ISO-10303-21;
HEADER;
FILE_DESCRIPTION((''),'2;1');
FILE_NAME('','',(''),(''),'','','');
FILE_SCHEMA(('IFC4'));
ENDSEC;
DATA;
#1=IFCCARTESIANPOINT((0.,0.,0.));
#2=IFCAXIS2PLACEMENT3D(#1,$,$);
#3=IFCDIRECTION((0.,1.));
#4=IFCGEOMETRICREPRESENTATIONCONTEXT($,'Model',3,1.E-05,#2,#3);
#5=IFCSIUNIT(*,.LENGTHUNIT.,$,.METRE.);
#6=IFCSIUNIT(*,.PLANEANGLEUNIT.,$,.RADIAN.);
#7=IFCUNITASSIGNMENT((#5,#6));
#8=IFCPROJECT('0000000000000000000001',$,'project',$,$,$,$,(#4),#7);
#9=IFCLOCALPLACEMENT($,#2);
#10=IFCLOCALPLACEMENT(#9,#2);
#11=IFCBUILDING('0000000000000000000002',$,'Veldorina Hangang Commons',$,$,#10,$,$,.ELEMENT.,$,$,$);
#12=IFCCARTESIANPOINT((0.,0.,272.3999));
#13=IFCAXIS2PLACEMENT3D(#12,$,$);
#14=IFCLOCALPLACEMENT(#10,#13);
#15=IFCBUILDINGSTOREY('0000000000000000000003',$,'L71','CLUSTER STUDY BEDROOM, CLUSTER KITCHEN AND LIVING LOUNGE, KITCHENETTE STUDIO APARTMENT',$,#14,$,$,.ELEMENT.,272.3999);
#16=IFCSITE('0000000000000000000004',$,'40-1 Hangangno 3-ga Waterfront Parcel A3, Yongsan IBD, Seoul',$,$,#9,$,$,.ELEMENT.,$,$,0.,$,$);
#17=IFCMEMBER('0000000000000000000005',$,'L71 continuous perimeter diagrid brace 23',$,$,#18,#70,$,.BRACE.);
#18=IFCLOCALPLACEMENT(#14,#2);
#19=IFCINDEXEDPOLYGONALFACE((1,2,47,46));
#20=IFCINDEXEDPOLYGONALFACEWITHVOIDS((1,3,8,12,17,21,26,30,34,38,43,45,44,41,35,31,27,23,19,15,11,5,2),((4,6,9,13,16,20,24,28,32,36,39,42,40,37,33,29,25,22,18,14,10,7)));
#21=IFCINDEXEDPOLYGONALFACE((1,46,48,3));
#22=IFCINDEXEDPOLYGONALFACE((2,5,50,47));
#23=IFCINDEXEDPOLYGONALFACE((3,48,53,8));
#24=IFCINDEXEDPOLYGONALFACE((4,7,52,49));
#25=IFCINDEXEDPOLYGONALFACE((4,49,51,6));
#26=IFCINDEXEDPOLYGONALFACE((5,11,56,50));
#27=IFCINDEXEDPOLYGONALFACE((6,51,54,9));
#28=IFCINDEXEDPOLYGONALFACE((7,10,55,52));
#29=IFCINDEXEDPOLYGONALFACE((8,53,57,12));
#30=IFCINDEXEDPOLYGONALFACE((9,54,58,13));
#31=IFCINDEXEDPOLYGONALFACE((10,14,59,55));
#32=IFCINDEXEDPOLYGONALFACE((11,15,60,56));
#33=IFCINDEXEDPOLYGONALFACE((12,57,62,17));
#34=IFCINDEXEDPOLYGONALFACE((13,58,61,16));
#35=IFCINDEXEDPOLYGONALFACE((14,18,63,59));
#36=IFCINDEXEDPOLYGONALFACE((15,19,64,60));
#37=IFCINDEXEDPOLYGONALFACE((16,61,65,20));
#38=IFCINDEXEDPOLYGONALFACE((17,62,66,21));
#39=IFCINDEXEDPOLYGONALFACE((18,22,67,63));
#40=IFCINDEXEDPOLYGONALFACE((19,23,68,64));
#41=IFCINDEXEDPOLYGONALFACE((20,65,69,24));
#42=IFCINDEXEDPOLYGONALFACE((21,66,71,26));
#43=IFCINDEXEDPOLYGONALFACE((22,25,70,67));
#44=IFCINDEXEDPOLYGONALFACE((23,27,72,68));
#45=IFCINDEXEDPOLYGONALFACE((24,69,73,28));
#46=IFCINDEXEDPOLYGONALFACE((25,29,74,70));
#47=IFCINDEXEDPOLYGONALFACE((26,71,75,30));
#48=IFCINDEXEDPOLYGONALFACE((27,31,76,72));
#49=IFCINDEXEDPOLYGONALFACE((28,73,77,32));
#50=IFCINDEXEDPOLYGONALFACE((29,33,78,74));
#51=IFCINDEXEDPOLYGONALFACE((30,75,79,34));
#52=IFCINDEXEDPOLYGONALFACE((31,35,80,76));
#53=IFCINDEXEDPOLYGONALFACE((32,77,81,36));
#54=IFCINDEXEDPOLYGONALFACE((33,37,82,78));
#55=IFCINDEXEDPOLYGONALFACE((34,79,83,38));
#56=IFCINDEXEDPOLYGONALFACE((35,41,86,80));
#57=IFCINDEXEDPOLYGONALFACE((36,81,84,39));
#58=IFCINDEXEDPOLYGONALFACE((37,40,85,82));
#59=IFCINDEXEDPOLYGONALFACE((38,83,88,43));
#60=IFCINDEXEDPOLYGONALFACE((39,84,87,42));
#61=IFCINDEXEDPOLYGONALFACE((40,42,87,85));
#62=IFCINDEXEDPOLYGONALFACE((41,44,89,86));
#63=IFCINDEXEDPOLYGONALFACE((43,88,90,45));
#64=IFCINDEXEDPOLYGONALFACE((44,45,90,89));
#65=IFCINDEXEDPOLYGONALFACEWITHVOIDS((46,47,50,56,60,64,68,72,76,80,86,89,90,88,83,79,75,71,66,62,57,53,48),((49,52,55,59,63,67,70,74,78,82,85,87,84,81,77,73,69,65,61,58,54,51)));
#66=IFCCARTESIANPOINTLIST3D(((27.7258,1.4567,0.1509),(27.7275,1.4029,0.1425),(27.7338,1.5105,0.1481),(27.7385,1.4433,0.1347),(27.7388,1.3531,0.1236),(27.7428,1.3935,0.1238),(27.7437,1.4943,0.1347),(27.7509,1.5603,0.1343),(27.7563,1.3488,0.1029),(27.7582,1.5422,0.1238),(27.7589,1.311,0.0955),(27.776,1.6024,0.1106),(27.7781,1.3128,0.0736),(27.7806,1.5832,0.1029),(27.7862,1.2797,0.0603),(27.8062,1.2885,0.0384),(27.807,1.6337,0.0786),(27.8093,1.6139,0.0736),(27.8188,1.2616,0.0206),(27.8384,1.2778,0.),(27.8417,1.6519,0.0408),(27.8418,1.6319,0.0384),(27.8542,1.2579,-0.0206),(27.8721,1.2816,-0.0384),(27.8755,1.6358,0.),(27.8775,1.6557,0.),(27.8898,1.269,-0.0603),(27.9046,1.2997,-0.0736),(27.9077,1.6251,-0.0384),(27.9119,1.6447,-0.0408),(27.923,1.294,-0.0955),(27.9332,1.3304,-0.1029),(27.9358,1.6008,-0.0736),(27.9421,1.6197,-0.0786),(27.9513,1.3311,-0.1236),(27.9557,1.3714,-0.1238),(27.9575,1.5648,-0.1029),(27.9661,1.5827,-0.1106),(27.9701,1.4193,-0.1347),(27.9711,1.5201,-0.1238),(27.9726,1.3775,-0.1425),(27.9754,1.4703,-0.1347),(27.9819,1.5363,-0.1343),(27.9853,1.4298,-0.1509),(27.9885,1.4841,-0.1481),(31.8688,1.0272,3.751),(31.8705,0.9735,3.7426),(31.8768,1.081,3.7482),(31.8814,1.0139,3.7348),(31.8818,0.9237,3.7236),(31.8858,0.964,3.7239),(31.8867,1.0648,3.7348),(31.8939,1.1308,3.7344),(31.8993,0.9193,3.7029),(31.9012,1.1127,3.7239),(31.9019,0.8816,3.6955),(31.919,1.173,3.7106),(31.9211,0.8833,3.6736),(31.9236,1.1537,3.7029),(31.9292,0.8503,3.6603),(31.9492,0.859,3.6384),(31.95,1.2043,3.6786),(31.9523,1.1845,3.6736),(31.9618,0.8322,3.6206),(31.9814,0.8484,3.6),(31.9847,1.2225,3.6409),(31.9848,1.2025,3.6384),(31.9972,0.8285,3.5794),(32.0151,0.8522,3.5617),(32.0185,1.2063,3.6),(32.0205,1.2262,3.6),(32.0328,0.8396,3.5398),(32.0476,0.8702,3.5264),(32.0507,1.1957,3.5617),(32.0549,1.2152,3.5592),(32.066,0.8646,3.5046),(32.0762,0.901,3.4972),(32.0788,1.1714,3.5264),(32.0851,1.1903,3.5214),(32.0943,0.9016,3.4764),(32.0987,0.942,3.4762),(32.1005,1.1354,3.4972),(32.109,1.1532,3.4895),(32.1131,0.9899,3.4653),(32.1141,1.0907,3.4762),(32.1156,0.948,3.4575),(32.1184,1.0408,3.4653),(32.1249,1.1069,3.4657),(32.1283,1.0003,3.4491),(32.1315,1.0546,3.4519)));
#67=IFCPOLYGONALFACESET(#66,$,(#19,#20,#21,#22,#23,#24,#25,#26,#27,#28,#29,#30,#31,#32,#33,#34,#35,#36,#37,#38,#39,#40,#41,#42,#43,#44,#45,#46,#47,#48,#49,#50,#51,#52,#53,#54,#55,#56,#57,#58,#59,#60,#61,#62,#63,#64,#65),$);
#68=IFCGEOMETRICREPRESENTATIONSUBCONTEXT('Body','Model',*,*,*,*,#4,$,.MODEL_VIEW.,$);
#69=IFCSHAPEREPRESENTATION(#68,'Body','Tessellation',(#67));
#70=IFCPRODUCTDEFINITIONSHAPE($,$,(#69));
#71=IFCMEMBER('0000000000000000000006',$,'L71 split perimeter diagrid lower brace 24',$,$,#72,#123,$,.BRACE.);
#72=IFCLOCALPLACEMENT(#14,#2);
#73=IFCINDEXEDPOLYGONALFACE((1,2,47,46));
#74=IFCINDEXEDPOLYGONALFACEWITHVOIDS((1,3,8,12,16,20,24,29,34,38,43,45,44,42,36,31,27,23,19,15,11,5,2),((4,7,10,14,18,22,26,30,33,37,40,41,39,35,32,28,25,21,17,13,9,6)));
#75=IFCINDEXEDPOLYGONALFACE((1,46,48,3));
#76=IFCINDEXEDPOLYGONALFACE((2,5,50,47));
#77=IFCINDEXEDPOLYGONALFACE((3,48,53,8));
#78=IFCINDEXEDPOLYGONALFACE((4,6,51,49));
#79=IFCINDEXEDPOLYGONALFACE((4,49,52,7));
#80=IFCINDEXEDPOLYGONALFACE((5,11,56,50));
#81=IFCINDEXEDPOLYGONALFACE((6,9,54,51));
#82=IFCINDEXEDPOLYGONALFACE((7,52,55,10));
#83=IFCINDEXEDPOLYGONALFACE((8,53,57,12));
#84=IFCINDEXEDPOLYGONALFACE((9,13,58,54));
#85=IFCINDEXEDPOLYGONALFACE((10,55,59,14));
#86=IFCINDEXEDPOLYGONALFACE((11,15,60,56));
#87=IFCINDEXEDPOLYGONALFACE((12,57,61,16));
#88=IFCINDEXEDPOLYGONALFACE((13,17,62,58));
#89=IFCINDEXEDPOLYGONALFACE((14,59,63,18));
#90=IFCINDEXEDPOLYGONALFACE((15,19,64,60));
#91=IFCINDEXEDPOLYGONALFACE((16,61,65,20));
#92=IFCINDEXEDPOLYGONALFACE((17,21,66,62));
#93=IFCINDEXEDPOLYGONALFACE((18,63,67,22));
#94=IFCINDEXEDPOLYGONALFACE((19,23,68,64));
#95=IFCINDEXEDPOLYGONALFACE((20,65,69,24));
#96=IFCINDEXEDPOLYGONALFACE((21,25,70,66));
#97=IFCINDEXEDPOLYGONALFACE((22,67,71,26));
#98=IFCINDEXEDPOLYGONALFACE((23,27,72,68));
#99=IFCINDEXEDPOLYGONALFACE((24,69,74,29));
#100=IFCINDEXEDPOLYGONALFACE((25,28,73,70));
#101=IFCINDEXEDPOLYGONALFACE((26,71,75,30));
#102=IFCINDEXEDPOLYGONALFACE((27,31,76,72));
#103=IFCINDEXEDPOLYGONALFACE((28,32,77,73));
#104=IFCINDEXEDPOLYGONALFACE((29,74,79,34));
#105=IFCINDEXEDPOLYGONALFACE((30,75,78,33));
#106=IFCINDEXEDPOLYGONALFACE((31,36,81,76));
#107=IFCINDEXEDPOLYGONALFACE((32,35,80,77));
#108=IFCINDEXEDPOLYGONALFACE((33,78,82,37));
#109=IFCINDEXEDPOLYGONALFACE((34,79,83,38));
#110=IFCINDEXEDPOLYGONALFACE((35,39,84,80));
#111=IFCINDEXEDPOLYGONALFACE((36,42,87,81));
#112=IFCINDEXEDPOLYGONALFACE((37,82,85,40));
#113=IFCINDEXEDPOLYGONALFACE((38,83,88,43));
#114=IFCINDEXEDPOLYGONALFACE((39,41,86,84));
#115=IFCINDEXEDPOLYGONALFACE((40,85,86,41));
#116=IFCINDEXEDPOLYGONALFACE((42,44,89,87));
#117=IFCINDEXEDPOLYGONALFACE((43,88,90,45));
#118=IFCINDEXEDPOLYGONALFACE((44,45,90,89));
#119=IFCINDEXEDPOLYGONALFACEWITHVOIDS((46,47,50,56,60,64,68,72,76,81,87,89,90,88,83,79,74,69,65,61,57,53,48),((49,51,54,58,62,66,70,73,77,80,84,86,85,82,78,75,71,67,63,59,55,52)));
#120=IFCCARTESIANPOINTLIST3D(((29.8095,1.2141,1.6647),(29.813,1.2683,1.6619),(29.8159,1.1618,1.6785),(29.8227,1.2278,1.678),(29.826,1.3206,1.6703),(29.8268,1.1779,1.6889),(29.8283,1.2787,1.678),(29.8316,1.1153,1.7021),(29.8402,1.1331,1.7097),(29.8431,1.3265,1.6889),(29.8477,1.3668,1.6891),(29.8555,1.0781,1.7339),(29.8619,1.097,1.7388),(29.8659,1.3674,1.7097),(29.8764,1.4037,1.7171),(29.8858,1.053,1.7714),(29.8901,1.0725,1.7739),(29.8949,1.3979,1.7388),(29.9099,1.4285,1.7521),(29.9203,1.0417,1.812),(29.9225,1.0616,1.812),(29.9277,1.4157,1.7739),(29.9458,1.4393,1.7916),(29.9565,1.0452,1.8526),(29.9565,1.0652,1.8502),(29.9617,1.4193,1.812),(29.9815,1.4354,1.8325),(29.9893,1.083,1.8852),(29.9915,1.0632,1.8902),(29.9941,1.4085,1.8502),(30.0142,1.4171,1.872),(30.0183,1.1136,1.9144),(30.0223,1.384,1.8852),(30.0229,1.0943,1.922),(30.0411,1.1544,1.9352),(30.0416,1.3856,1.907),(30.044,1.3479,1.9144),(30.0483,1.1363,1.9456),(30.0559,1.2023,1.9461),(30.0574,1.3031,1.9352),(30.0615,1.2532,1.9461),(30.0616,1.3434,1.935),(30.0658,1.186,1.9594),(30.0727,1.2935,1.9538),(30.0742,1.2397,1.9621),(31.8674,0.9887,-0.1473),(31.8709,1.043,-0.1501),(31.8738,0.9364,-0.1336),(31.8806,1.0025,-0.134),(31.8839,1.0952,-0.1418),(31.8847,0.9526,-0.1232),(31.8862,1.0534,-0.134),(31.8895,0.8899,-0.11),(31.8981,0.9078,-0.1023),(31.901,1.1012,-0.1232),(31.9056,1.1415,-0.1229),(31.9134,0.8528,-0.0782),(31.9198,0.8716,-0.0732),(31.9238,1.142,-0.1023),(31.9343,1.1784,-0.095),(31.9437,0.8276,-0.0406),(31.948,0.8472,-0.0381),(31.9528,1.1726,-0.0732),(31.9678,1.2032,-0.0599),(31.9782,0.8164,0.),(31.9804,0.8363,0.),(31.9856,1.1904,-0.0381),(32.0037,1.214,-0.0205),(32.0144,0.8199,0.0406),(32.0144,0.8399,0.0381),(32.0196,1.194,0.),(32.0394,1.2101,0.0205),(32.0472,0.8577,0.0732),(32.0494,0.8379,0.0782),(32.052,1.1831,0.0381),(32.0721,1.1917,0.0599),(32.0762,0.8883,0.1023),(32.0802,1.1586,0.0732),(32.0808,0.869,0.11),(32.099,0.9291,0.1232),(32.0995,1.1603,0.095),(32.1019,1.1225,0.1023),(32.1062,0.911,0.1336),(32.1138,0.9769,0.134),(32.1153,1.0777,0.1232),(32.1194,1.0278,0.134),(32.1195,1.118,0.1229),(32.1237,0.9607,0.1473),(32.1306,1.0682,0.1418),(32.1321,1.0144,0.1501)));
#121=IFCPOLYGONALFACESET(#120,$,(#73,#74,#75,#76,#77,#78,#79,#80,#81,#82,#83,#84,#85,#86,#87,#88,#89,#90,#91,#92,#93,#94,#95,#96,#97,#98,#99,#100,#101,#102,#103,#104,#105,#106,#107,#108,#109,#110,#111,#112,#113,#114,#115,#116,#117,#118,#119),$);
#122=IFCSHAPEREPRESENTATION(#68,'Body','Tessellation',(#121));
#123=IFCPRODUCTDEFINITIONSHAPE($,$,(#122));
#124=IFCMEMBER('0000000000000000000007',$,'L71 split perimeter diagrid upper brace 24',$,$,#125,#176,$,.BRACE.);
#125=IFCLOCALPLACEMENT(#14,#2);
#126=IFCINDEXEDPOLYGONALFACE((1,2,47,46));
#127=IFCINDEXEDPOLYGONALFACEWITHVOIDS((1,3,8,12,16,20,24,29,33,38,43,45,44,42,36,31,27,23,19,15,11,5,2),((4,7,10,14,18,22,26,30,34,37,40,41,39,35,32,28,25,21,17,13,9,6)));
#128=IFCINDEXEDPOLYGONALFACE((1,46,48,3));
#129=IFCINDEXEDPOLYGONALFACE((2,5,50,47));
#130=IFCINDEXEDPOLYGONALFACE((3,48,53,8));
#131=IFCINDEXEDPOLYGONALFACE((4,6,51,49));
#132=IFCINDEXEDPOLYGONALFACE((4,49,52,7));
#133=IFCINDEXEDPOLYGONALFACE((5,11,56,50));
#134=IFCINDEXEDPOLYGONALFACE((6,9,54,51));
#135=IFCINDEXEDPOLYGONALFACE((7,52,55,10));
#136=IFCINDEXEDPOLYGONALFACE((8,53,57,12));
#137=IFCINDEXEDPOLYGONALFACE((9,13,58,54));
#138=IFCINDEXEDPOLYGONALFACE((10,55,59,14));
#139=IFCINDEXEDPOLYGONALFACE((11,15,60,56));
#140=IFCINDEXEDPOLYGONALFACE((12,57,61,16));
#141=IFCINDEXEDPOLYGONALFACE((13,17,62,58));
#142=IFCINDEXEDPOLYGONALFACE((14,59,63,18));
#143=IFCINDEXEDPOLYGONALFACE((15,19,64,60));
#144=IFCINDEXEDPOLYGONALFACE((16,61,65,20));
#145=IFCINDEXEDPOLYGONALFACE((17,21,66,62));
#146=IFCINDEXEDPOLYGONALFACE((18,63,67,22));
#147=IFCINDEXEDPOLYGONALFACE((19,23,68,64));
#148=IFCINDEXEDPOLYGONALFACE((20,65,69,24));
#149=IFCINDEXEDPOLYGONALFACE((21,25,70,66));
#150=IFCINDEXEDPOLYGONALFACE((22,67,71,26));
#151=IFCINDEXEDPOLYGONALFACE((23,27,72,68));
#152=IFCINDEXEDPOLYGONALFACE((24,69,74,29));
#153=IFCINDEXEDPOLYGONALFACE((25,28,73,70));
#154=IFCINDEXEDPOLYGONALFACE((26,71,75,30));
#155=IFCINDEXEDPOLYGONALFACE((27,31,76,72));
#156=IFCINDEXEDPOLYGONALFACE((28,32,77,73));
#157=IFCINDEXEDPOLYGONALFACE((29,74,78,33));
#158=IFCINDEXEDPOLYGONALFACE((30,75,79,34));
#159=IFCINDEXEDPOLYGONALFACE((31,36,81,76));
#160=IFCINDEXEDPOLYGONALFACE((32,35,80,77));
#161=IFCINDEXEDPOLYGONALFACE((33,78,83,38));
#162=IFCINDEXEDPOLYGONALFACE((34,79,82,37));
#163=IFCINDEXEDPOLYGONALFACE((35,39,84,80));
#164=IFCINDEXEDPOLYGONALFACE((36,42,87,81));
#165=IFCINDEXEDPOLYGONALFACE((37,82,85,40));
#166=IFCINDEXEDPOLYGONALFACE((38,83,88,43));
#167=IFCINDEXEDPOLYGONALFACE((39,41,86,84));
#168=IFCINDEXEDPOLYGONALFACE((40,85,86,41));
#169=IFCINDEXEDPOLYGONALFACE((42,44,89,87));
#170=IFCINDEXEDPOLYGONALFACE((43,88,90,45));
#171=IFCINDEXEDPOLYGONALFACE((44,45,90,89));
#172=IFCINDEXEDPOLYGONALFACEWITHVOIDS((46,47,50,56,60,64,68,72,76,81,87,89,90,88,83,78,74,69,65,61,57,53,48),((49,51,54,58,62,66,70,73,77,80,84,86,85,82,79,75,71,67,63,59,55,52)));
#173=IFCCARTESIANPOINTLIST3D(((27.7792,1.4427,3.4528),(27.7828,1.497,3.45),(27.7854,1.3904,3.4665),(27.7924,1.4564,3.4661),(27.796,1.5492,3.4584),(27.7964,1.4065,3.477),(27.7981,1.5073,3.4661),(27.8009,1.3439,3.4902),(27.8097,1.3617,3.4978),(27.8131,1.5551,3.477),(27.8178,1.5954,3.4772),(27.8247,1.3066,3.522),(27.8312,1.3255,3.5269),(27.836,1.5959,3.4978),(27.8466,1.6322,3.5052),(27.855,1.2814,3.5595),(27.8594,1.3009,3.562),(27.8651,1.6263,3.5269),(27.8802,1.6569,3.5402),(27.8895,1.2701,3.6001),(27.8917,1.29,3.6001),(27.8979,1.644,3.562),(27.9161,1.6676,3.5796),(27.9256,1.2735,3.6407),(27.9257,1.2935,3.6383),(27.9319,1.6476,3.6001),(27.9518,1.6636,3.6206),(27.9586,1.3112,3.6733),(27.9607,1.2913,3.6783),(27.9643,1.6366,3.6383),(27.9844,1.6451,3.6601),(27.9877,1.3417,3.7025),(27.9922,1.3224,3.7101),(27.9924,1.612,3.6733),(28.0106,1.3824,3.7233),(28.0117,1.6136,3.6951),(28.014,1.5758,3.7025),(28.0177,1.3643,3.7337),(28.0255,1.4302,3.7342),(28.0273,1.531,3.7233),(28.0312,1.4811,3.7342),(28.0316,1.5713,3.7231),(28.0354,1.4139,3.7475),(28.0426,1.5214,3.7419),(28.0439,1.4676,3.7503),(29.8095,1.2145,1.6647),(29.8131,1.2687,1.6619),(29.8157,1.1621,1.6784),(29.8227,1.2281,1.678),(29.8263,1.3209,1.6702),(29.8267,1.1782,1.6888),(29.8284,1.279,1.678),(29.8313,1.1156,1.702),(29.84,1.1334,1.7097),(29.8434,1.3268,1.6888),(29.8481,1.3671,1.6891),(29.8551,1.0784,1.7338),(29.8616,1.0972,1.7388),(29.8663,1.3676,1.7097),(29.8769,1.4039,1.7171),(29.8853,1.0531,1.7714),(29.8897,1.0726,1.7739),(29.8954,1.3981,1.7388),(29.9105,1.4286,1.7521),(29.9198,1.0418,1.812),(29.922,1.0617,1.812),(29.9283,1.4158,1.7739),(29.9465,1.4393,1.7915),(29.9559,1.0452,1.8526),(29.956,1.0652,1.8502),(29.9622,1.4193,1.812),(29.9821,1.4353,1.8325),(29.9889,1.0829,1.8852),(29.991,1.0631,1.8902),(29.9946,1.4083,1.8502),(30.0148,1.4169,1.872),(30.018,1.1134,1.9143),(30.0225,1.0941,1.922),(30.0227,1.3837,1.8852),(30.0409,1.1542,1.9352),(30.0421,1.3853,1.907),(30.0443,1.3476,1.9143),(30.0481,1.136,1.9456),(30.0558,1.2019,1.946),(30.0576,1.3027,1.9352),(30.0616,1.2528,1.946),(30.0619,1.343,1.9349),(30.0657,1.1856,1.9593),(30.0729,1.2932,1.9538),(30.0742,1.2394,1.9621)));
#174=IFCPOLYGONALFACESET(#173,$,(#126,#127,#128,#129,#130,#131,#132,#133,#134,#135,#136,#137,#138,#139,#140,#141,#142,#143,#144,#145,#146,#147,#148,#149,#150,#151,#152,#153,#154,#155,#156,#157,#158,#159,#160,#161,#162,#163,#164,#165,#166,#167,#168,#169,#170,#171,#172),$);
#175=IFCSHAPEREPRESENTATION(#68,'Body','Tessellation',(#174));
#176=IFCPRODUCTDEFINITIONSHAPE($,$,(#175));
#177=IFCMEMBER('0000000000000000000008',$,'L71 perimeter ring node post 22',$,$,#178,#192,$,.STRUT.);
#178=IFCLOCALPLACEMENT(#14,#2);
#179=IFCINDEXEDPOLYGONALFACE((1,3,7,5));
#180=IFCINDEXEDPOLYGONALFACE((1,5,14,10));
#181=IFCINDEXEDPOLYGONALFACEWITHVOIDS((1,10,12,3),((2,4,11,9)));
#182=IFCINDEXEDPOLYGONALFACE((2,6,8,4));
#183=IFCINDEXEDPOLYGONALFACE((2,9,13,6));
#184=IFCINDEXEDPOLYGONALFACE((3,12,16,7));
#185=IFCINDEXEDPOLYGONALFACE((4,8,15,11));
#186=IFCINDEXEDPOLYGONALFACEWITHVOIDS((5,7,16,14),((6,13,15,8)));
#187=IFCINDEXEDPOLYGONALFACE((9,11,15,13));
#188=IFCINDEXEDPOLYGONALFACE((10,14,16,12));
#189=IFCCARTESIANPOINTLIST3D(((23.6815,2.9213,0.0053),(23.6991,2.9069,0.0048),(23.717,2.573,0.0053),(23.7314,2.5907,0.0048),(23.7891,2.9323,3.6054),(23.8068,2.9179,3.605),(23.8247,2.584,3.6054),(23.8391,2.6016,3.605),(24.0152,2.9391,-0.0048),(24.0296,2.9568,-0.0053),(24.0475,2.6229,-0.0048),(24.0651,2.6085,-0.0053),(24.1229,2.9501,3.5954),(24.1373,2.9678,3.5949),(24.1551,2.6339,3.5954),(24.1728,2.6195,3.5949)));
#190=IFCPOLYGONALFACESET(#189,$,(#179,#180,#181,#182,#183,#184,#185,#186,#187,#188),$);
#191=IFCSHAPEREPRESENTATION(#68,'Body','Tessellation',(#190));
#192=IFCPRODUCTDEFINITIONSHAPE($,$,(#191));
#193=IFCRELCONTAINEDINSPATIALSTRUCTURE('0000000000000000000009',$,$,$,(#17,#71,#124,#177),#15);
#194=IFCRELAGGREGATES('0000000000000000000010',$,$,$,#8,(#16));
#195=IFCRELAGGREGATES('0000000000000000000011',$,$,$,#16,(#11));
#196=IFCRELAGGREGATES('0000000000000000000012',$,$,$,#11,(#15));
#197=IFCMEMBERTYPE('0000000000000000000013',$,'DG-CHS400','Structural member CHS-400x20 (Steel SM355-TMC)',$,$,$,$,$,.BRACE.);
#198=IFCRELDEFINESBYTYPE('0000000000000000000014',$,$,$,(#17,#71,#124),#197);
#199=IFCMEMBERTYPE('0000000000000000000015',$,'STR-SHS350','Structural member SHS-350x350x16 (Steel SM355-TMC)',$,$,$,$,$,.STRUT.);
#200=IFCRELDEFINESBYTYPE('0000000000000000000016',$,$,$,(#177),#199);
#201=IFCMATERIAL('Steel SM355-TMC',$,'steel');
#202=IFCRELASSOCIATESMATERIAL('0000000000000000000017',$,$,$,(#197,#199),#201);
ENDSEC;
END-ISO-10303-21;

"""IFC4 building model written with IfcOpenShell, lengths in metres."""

from ifc_helpers import new_model, si_unit, direction, frame, origin, origin_2d, place, context, subcontext, project, spatial, hollow_rectangle, hollow_circle, extrude, material, material_profile, profile_set, type_object, element, save


model = new_model("IFC4")

# Units and contexts
model_context = context("Model", 3, precision=1e-05, world=origin(), true_north=direction((0.0, 1.0)))
body_context = subcontext(model_context, "Body", "Model", "MODEL_VIEW")
ifc_project = project(units=[si_unit("LENGTHUNIT", "METRE"), si_unit("PLANEANGLEUNIT", "RADIAN")], contexts=[model_context])

# Site, building, storey
site_placement = place(None, origin())
site = spatial("IfcSite", under=ifc_project, at=site_placement, Name="40-1 Hangangno 3-ga Waterfront Parcel A3, Yongsan IBD, Seoul", CompositionType="ELEMENT", RefElevation=0.0)
building_placement = place(site_placement, origin())
building = spatial("IfcBuilding", under=site, at=building_placement, Name="Veldorina Hangang Commons", CompositionType="ELEMENT")
storey_placement = place(building_placement, frame((0.0, 0.0, 272.3999)))
storey = spatial("IfcBuildingStorey", under=building, at=storey_placement, Name="L71", Description="CLUSTER STUDY BEDROOM, CLUSTER KITCHEN AND LIVING LOUNGE, KITCHENETTE STUDIO APARTMENT", CompositionType="ELEMENT", Elevation=272.3999)

# Shared definitions
ifc_material_1 = material(Name="Steel SM355-TMC", Category="steel")

# Members
ifc_material_profile_1 = material_profile(ifc_material_1, hollow_circle(Radius=0.2, WallThickness=0.02, at=origin_2d()), Name="CHS-400x20")
ifc_profile_set_1 = profile_set([ifc_material_profile_1], Name="Steel SM355-TMC")
member_type_1 = type_object("IfcMemberType", Name="DG-CHS400", Description="Structural member CHS-400x20 (Steel SM355-TMC)", PredefinedType="BRACE", material=ifc_profile_set_1)
member_1_placement = place(storey_placement, frame((27.8569, 1.4568, 0.0), z_axis=(0.752537, -0.078003, 0.653914), x_axis=(0.103101, 0.994671, 0.0)))
element("IfcMember", 1, at=member_1_placement, inside=storey, type_object=member_type_1, Name="L71 continuous perimeter diagrid brace 23", PredefinedType="BRACE", context=body_context, shape_type="SweptSolid", body=[
    extrude(hollow_circle(Radius=0.2, WallThickness=0.02, at=origin_2d()), origin(), (0.0, 0.0, 1.0), 5.5054),
])
member_2_placement = place(storey_placement, frame((32.0, 1.0151, 0.0), z_axis=(-0.747994, 0.081908, 0.658632), x_axis=(-0.108852, -0.994058, 0.0)))
element("IfcMember", 2, at=member_2_placement, inside=storey, type_object=member_type_1, Name="L71 split perimeter diagrid lower brace 24", PredefinedType="BRACE", context=body_context, shape_type="SweptSolid", body=[
    extrude(hollow_circle(Radius=0.2, WallThickness=0.02, at=origin_2d()), origin(), (0.0, 0.0, 1.0), 2.7512),
])
member_3_placement = place(storey_placement, frame((29.9421, 1.2405, 1.812), z_axis=(-0.747791, 0.084077, 0.658589), x_axis=(-0.11173, -0.993739, 0.0)))
element("IfcMember", 3, at=member_3_placement, inside=storey, type_object=member_type_1, Name="L71 split perimeter diagrid upper brace 24", PredefinedType="BRACE", context=body_context, shape_type="SweptSolid", body=[
    extrude(hollow_circle(Radius=0.2, WallThickness=0.02, at=origin_2d()), origin(), (0.0, 0.0, 1.0), 2.7151),
])
ifc_material_profile_2 = material_profile(ifc_material_1, hollow_rectangle(XDim=0.3501, YDim=0.3501, WallThickness=0.0161, at=origin_2d()), Name="SHS-350x350x16")
ifc_profile_set_2 = profile_set([ifc_material_profile_2], Name="Steel SM355-TMC")
member_type_2 = type_object("IfcMemberType", Name="STR-SHS350", Description="Structural member SHS-350x350x16 (Steel SM355-TMC)", PredefinedType="STRUT", material=ifc_profile_set_2)
member_4_placement = place(storey_placement, frame((23.8733, 2.7649, 0.0), z_axis=(0.029893, 0.00305, 0.999548), x_axis=(-0.101514, 0.994834, 0.0)))
element("IfcMember", 4, at=member_4_placement, inside=storey, type_object=member_type_2, Name="L71 perimeter ring node post 22", PredefinedType="STRUT", context=body_context, shape_type="SweptSolid", body=[
    extrude(hollow_rectangle(XDim=0.3501, YDim=0.3501, WallThickness=0.0161, at=origin_2d()), origin(), (0.0, 0.0, 1.0), 3.6018),
])

save(model, "model.ifc")
